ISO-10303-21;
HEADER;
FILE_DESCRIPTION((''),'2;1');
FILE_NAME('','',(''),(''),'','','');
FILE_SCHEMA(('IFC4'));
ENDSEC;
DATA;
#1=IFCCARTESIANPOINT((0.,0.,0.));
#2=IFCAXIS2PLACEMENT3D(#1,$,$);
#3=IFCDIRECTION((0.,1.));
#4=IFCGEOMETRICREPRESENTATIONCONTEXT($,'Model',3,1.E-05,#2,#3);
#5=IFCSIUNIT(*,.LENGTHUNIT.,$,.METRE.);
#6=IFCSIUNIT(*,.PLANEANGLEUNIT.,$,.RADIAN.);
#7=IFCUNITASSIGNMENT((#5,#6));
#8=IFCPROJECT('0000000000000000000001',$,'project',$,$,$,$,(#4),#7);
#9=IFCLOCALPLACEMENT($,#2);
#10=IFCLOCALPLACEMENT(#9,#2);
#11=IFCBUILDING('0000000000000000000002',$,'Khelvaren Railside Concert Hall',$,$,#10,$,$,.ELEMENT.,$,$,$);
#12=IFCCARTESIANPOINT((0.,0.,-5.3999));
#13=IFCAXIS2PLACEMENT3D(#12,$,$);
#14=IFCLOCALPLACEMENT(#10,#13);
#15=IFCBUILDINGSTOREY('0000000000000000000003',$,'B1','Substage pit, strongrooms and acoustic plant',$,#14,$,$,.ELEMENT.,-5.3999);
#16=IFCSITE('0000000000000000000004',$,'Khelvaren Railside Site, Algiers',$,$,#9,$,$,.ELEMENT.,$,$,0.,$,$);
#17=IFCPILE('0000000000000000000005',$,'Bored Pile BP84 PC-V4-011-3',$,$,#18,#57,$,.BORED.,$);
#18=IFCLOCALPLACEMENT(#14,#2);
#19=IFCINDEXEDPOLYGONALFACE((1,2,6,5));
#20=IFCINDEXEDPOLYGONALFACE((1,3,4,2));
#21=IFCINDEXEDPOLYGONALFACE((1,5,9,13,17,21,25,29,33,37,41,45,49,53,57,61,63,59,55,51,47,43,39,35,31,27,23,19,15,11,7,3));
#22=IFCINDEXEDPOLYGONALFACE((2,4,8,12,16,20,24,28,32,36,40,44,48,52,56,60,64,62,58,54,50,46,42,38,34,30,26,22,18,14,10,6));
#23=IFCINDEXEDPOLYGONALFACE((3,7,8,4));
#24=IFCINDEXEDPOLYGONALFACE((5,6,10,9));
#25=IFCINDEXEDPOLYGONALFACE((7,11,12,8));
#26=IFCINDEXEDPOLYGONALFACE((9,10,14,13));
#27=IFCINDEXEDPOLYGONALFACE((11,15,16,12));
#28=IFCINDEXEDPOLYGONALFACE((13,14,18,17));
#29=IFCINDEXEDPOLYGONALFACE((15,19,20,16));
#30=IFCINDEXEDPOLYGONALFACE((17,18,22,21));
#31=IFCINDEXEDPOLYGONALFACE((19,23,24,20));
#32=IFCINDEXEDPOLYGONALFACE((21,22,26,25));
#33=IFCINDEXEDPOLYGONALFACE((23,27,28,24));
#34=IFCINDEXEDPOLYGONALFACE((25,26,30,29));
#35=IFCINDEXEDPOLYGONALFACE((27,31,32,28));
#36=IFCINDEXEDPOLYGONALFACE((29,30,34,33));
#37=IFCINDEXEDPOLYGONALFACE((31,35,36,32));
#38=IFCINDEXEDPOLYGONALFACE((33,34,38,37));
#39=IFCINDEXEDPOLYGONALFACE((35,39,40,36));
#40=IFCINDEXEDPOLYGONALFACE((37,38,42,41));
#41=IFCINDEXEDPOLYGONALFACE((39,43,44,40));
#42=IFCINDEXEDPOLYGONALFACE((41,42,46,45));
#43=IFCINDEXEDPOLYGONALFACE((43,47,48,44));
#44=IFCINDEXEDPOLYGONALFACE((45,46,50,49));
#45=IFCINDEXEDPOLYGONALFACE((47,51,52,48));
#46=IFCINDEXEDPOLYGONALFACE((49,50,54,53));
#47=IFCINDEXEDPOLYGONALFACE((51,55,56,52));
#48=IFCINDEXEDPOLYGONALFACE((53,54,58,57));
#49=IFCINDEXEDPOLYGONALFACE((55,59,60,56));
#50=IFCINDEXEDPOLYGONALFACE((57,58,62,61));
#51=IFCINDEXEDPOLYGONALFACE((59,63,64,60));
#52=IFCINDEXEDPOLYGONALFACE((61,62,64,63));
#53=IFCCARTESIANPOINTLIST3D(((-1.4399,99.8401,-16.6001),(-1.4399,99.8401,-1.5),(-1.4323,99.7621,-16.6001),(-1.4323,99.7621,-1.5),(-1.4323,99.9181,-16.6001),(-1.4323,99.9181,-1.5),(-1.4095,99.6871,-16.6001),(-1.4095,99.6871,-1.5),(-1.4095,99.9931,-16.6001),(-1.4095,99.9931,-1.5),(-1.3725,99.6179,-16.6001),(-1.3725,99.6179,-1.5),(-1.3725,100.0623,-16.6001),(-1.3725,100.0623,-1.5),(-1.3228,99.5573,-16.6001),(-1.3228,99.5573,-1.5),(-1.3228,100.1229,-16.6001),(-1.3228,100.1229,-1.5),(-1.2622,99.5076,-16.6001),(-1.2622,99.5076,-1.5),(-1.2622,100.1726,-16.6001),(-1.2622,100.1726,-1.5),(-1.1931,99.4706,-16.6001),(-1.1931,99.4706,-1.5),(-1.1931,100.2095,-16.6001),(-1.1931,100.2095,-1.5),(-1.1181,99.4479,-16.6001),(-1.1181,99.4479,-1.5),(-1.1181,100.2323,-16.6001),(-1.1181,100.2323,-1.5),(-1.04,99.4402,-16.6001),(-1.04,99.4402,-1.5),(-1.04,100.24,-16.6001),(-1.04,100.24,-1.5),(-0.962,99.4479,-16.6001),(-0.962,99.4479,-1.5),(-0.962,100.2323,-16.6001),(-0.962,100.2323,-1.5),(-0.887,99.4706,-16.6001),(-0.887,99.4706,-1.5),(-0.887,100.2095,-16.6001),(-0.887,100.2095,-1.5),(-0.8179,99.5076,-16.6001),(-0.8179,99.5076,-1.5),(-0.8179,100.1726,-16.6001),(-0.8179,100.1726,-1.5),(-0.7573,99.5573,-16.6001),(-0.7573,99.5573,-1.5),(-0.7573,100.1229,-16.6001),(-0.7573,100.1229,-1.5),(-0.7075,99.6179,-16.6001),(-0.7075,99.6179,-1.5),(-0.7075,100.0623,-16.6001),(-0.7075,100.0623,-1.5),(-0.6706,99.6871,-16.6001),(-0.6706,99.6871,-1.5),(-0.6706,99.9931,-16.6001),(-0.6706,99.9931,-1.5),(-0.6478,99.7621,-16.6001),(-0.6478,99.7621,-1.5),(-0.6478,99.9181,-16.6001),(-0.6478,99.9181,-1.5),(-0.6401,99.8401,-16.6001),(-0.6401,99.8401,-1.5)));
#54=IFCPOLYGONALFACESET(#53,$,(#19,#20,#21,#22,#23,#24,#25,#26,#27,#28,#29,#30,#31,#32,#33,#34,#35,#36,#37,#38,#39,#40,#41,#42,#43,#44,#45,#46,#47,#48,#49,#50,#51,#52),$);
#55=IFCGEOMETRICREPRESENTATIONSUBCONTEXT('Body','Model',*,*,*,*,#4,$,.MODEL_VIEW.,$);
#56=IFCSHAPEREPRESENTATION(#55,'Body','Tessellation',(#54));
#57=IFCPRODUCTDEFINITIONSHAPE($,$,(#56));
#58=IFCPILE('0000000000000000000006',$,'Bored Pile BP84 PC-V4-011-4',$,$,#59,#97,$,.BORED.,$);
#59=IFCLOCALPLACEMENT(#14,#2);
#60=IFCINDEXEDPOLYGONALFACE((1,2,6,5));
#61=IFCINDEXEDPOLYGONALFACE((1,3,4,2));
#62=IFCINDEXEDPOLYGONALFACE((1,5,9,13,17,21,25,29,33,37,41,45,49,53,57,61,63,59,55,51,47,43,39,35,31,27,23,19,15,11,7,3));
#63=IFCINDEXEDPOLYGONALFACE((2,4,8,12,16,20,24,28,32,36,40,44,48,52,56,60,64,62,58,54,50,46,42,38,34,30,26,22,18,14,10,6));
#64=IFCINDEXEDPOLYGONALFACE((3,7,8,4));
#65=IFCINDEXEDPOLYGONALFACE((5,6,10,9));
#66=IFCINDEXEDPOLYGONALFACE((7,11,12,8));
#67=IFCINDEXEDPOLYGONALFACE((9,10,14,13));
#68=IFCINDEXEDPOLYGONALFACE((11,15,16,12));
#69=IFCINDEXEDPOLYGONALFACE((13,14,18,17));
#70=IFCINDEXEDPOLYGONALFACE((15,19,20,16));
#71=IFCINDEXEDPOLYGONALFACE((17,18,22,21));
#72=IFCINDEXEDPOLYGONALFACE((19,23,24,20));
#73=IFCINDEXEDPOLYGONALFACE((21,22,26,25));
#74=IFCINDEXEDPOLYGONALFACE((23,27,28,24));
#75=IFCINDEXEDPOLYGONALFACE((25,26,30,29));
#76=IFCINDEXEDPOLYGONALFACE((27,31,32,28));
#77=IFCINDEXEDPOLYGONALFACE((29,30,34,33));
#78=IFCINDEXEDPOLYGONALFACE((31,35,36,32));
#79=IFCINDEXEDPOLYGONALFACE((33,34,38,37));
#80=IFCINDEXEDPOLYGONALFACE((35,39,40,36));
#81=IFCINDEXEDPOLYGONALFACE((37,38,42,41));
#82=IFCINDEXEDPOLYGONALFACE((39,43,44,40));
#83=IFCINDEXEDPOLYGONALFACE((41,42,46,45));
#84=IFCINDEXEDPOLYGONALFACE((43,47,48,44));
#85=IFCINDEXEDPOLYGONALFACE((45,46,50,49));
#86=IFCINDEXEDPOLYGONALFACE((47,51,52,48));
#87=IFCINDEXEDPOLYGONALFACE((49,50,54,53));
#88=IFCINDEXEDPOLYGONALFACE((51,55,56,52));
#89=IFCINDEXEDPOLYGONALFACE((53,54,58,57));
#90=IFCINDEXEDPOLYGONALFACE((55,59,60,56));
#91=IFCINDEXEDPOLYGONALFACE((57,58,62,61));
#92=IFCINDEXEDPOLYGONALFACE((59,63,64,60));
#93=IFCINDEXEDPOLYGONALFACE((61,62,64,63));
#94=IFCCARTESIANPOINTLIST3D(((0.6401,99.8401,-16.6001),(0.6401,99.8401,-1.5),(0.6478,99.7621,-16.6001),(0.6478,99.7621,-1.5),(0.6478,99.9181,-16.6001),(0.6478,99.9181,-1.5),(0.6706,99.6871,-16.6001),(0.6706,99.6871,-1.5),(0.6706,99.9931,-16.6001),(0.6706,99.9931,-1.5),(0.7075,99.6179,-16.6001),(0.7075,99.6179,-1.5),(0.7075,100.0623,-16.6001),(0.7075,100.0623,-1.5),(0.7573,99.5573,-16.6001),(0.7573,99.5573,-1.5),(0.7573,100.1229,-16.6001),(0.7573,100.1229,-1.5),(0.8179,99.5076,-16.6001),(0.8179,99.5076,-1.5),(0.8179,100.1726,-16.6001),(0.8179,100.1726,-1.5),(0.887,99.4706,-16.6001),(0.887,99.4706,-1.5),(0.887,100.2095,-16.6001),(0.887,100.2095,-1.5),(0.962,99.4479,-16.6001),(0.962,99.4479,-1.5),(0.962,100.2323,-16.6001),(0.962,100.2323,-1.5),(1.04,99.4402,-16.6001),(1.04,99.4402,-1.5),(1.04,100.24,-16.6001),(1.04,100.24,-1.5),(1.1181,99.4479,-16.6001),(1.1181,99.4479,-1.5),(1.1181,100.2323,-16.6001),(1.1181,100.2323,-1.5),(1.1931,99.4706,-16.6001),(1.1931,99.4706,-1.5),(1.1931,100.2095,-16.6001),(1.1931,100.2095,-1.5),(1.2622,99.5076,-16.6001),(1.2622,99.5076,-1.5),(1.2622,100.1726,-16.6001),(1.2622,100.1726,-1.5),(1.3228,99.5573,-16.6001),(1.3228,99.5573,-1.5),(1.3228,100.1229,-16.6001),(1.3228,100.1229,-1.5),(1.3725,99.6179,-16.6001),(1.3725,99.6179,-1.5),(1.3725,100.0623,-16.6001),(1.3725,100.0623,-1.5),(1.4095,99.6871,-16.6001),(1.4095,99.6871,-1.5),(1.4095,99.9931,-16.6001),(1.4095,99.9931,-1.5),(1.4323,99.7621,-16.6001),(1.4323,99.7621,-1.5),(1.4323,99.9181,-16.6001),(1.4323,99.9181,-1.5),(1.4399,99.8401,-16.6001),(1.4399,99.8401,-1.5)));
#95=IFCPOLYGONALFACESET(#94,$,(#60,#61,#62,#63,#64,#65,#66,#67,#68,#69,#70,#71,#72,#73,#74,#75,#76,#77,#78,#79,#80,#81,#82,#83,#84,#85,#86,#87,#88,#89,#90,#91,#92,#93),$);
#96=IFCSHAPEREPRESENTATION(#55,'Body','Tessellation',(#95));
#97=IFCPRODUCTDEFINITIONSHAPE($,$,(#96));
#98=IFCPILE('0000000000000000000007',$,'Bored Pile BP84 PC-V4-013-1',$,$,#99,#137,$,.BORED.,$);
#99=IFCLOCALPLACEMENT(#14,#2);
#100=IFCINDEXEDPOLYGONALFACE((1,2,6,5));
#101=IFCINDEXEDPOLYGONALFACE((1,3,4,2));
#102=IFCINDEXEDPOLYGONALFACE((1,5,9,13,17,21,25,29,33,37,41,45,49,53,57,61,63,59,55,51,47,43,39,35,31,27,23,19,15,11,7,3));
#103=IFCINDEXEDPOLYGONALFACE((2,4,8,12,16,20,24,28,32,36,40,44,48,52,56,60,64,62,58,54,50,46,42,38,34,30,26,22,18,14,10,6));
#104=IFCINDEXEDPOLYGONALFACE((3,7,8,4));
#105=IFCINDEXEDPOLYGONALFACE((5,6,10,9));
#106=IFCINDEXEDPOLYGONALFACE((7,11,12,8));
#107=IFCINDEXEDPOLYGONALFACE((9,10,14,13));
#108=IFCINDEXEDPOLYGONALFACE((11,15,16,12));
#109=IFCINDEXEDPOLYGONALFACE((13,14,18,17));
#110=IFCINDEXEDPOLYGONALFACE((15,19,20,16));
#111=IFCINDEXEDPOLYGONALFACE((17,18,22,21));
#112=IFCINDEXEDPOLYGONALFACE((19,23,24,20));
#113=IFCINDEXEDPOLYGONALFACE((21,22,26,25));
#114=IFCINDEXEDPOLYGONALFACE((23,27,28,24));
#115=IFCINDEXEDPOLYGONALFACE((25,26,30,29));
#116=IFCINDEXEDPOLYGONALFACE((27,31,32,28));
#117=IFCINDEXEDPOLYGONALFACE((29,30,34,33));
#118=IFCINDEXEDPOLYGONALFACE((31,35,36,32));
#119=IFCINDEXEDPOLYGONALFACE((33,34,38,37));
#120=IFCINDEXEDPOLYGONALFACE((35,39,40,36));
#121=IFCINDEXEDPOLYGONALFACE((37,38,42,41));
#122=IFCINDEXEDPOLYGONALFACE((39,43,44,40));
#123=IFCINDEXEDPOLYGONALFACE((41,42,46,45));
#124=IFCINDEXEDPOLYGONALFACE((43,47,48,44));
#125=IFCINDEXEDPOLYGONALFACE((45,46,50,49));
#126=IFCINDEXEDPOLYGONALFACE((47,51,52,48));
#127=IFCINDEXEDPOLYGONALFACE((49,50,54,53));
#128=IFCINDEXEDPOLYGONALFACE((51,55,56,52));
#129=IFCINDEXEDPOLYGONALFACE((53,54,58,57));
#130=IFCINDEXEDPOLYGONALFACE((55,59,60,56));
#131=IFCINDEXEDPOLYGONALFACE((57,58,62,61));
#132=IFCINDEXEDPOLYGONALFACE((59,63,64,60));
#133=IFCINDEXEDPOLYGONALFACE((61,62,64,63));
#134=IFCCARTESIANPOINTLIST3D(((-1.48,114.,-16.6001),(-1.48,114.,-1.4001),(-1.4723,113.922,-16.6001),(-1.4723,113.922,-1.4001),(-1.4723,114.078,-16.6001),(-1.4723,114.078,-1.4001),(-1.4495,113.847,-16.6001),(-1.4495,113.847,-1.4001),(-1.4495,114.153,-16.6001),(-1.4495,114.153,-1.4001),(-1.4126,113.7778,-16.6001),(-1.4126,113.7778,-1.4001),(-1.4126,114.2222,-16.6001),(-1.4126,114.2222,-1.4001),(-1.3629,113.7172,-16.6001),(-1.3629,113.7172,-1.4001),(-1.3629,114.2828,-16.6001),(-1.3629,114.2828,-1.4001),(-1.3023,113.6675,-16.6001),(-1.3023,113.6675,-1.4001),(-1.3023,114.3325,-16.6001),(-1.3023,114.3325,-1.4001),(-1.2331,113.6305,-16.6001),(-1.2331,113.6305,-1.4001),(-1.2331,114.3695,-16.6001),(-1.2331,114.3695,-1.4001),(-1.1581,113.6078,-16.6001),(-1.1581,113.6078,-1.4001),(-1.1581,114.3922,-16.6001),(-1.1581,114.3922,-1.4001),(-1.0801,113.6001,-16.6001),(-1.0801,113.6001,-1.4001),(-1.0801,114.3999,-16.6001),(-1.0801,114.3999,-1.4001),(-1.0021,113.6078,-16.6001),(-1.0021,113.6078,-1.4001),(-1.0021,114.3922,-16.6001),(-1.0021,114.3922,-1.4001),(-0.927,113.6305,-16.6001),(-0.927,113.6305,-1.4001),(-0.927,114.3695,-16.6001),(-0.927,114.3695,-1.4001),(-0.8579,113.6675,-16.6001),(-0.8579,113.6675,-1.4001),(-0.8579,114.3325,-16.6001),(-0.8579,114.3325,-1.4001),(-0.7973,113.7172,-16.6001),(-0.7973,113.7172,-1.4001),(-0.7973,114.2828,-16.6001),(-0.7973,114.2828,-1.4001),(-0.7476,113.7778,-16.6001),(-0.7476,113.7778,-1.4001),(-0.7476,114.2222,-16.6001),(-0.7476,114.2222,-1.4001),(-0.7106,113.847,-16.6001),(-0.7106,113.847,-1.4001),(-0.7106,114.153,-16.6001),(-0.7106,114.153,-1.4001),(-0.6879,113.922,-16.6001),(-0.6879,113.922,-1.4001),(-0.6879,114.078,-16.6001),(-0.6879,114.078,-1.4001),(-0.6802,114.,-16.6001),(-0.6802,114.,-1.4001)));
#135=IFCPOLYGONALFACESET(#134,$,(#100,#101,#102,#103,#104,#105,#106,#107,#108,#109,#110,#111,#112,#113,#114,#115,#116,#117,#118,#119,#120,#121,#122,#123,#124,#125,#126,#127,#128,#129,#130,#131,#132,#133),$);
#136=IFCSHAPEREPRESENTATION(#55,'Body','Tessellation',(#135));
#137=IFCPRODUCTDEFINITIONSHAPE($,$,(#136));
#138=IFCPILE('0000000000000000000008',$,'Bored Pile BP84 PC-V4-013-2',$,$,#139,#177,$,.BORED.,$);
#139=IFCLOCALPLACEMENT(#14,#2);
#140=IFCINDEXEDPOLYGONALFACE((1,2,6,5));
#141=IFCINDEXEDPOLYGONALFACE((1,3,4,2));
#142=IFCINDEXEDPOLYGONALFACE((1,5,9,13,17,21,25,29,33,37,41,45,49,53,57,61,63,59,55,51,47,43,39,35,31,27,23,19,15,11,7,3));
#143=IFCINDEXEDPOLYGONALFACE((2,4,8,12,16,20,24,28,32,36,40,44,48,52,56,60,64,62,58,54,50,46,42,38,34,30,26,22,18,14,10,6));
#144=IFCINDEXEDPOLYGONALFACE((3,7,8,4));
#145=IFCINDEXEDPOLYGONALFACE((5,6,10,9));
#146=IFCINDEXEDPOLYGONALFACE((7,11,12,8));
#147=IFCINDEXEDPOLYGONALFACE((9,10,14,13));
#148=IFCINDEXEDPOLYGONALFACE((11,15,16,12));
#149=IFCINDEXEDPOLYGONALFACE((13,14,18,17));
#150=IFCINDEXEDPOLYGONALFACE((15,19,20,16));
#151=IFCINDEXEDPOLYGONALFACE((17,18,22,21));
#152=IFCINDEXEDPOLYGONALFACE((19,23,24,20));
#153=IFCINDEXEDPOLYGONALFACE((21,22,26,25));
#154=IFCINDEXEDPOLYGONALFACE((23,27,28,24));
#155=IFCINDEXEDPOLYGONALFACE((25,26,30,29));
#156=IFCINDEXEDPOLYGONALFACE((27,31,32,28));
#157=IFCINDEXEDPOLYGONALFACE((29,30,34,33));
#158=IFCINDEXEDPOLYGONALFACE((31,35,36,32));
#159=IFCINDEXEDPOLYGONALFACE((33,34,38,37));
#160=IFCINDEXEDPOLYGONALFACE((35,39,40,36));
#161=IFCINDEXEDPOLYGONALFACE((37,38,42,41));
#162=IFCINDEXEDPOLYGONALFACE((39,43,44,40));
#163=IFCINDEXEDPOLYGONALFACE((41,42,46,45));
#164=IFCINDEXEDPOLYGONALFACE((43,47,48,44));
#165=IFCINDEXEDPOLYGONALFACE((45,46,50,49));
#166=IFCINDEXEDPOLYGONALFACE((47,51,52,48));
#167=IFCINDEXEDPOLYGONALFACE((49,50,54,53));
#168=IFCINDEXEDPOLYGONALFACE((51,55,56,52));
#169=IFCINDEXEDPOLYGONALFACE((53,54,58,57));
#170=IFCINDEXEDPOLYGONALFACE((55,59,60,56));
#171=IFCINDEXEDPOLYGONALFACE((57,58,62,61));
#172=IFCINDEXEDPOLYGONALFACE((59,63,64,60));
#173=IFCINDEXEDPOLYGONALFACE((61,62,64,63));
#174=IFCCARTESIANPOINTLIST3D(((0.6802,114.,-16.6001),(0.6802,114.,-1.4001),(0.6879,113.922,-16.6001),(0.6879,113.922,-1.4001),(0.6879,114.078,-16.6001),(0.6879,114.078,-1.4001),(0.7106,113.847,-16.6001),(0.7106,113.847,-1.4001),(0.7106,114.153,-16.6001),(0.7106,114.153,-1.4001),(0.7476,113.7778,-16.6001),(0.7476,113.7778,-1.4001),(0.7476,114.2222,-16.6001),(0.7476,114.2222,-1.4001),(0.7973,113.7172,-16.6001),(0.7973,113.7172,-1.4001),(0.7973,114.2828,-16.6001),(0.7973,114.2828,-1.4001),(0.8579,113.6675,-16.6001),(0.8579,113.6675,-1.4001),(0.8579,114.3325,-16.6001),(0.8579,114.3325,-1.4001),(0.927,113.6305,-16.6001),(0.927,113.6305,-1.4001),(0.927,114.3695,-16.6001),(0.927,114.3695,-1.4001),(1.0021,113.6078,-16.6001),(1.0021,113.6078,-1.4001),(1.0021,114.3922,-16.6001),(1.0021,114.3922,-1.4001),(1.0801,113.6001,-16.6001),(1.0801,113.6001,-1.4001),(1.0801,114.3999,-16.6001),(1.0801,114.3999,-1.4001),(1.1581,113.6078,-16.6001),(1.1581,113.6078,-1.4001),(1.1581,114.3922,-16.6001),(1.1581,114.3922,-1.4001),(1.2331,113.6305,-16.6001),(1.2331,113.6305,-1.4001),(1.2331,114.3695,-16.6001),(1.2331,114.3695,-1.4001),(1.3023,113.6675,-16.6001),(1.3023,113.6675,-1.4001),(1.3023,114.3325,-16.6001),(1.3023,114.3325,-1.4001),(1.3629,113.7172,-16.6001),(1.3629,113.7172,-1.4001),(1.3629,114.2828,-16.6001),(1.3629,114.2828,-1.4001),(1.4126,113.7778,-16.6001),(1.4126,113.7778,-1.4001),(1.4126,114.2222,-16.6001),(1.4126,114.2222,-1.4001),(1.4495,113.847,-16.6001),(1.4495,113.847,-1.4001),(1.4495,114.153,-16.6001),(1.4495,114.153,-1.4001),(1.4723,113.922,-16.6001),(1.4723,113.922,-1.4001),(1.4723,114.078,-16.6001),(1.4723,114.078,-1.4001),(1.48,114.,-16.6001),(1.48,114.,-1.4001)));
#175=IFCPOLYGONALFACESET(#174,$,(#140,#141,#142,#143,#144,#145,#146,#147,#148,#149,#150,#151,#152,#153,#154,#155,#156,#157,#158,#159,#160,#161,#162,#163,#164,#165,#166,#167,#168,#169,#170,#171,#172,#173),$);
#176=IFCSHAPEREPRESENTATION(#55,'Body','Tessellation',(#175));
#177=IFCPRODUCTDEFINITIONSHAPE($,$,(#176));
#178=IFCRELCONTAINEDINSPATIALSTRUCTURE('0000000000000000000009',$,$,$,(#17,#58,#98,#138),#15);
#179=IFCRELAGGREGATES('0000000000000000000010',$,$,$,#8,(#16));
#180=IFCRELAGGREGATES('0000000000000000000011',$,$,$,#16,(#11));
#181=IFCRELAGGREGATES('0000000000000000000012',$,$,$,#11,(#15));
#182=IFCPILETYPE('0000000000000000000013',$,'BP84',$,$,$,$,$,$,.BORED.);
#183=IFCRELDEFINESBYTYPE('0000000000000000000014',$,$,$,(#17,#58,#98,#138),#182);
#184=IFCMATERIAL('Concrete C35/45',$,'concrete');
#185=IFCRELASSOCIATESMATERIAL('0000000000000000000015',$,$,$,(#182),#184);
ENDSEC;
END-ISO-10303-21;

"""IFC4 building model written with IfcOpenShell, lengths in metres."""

from ifc_helpers import new_model, si_unit, direction, frame, origin, origin_2d, place, context, subcontext, project, spatial, circle, extrude, material, material_profile, profile_set, type_object, element, save


model = new_model("IFC4")

# Units and contexts
model_context = context("Model", 3, precision=1e-05, world=origin(), true_north=direction((0.0, 1.0)))
body_context = subcontext(model_context, "Body", "Model", "MODEL_VIEW")
ifc_project = project(units=[si_unit("LENGTHUNIT", "METRE"), si_unit("PLANEANGLEUNIT", "RADIAN")], contexts=[model_context])

# Site, building, storey
site_placement = place(None, origin())
site = spatial("IfcSite", under=ifc_project, at=site_placement, Name="Khelvaren Railside Site, Algiers", CompositionType="ELEMENT", RefElevation=0.0)
building_placement = place(site_placement, origin())
building = spatial("IfcBuilding", under=site, at=building_placement, Name="Khelvaren Railside Concert Hall", CompositionType="ELEMENT")
storey_placement = place(building_placement, frame((0.0, 0.0, -5.3999)))
storey = spatial("IfcBuildingStorey", under=building, at=storey_placement, Name="B1", Description="Substage pit, strongrooms and acoustic plant", CompositionType="ELEMENT", Elevation=-5.3999)

# Piles
ifc_material_1 = material(Name="Concrete C35/45", Category="concrete")
ifc_material_profile_1 = material_profile(ifc_material_1, circle(Radius=0.3999, at=origin_2d()), Name="BP D800")
ifc_profile_set_1 = profile_set([ifc_material_profile_1], Name="Concrete C35/45")
pile_type_1 = type_object("IfcPileType", Name="BP84", PredefinedType="BORED", material=ifc_profile_set_1)
for number, where, z_axis, x_axis, name in (
    (1, (-1.04, 99.8401, -1.5), (0.0, 0.0, -1.0), (1.0, 0.0, 0.0), "Bored Pile BP84 PC-V4-011-3"),
    (2, (1.04, 99.8401, -1.5), (0.0, 0.0, -1.0), (1.0, 0.0, 0.0), "Bored Pile BP84 PC-V4-011-4"),
):
    element("IfcPile", number, at=place(storey_placement, frame(where, z_axis=z_axis, x_axis=x_axis)), inside=storey, type_object=pile_type_1, Name=name, PredefinedType="BORED", context=body_context, shape_type="SweptSolid", body=[
        extrude(circle(Radius=0.3999, at=origin_2d()), origin(), (0.0, 0.0, 1.0), 15.1001),
    ])
for number, where, z_axis, x_axis, name in (
    (3, (-1.0801, 114.0, -1.4001), (0.0, 0.0, -1.0), (1.0, 0.0, 0.0), "Bored Pile BP84 PC-V4-013-1"),
    (4, (1.0801, 114.0, -1.4001), (0.0, 0.0, -1.0), (1.0, 0.0, 0.0), "Bored Pile BP84 PC-V4-013-2"),
):
    element("IfcPile", number, at=place(storey_placement, frame(where, z_axis=z_axis, x_axis=x_axis)), inside=storey, type_object=pile_type_1, Name=name, PredefinedType="BORED", context=body_context, shape_type="SweptSolid", body=[
        extrude(circle(Radius=0.3999, at=origin_2d()), origin(), (0.0, 0.0, 1.0), 15.2),
    ])

save(model, "model.ifc")
